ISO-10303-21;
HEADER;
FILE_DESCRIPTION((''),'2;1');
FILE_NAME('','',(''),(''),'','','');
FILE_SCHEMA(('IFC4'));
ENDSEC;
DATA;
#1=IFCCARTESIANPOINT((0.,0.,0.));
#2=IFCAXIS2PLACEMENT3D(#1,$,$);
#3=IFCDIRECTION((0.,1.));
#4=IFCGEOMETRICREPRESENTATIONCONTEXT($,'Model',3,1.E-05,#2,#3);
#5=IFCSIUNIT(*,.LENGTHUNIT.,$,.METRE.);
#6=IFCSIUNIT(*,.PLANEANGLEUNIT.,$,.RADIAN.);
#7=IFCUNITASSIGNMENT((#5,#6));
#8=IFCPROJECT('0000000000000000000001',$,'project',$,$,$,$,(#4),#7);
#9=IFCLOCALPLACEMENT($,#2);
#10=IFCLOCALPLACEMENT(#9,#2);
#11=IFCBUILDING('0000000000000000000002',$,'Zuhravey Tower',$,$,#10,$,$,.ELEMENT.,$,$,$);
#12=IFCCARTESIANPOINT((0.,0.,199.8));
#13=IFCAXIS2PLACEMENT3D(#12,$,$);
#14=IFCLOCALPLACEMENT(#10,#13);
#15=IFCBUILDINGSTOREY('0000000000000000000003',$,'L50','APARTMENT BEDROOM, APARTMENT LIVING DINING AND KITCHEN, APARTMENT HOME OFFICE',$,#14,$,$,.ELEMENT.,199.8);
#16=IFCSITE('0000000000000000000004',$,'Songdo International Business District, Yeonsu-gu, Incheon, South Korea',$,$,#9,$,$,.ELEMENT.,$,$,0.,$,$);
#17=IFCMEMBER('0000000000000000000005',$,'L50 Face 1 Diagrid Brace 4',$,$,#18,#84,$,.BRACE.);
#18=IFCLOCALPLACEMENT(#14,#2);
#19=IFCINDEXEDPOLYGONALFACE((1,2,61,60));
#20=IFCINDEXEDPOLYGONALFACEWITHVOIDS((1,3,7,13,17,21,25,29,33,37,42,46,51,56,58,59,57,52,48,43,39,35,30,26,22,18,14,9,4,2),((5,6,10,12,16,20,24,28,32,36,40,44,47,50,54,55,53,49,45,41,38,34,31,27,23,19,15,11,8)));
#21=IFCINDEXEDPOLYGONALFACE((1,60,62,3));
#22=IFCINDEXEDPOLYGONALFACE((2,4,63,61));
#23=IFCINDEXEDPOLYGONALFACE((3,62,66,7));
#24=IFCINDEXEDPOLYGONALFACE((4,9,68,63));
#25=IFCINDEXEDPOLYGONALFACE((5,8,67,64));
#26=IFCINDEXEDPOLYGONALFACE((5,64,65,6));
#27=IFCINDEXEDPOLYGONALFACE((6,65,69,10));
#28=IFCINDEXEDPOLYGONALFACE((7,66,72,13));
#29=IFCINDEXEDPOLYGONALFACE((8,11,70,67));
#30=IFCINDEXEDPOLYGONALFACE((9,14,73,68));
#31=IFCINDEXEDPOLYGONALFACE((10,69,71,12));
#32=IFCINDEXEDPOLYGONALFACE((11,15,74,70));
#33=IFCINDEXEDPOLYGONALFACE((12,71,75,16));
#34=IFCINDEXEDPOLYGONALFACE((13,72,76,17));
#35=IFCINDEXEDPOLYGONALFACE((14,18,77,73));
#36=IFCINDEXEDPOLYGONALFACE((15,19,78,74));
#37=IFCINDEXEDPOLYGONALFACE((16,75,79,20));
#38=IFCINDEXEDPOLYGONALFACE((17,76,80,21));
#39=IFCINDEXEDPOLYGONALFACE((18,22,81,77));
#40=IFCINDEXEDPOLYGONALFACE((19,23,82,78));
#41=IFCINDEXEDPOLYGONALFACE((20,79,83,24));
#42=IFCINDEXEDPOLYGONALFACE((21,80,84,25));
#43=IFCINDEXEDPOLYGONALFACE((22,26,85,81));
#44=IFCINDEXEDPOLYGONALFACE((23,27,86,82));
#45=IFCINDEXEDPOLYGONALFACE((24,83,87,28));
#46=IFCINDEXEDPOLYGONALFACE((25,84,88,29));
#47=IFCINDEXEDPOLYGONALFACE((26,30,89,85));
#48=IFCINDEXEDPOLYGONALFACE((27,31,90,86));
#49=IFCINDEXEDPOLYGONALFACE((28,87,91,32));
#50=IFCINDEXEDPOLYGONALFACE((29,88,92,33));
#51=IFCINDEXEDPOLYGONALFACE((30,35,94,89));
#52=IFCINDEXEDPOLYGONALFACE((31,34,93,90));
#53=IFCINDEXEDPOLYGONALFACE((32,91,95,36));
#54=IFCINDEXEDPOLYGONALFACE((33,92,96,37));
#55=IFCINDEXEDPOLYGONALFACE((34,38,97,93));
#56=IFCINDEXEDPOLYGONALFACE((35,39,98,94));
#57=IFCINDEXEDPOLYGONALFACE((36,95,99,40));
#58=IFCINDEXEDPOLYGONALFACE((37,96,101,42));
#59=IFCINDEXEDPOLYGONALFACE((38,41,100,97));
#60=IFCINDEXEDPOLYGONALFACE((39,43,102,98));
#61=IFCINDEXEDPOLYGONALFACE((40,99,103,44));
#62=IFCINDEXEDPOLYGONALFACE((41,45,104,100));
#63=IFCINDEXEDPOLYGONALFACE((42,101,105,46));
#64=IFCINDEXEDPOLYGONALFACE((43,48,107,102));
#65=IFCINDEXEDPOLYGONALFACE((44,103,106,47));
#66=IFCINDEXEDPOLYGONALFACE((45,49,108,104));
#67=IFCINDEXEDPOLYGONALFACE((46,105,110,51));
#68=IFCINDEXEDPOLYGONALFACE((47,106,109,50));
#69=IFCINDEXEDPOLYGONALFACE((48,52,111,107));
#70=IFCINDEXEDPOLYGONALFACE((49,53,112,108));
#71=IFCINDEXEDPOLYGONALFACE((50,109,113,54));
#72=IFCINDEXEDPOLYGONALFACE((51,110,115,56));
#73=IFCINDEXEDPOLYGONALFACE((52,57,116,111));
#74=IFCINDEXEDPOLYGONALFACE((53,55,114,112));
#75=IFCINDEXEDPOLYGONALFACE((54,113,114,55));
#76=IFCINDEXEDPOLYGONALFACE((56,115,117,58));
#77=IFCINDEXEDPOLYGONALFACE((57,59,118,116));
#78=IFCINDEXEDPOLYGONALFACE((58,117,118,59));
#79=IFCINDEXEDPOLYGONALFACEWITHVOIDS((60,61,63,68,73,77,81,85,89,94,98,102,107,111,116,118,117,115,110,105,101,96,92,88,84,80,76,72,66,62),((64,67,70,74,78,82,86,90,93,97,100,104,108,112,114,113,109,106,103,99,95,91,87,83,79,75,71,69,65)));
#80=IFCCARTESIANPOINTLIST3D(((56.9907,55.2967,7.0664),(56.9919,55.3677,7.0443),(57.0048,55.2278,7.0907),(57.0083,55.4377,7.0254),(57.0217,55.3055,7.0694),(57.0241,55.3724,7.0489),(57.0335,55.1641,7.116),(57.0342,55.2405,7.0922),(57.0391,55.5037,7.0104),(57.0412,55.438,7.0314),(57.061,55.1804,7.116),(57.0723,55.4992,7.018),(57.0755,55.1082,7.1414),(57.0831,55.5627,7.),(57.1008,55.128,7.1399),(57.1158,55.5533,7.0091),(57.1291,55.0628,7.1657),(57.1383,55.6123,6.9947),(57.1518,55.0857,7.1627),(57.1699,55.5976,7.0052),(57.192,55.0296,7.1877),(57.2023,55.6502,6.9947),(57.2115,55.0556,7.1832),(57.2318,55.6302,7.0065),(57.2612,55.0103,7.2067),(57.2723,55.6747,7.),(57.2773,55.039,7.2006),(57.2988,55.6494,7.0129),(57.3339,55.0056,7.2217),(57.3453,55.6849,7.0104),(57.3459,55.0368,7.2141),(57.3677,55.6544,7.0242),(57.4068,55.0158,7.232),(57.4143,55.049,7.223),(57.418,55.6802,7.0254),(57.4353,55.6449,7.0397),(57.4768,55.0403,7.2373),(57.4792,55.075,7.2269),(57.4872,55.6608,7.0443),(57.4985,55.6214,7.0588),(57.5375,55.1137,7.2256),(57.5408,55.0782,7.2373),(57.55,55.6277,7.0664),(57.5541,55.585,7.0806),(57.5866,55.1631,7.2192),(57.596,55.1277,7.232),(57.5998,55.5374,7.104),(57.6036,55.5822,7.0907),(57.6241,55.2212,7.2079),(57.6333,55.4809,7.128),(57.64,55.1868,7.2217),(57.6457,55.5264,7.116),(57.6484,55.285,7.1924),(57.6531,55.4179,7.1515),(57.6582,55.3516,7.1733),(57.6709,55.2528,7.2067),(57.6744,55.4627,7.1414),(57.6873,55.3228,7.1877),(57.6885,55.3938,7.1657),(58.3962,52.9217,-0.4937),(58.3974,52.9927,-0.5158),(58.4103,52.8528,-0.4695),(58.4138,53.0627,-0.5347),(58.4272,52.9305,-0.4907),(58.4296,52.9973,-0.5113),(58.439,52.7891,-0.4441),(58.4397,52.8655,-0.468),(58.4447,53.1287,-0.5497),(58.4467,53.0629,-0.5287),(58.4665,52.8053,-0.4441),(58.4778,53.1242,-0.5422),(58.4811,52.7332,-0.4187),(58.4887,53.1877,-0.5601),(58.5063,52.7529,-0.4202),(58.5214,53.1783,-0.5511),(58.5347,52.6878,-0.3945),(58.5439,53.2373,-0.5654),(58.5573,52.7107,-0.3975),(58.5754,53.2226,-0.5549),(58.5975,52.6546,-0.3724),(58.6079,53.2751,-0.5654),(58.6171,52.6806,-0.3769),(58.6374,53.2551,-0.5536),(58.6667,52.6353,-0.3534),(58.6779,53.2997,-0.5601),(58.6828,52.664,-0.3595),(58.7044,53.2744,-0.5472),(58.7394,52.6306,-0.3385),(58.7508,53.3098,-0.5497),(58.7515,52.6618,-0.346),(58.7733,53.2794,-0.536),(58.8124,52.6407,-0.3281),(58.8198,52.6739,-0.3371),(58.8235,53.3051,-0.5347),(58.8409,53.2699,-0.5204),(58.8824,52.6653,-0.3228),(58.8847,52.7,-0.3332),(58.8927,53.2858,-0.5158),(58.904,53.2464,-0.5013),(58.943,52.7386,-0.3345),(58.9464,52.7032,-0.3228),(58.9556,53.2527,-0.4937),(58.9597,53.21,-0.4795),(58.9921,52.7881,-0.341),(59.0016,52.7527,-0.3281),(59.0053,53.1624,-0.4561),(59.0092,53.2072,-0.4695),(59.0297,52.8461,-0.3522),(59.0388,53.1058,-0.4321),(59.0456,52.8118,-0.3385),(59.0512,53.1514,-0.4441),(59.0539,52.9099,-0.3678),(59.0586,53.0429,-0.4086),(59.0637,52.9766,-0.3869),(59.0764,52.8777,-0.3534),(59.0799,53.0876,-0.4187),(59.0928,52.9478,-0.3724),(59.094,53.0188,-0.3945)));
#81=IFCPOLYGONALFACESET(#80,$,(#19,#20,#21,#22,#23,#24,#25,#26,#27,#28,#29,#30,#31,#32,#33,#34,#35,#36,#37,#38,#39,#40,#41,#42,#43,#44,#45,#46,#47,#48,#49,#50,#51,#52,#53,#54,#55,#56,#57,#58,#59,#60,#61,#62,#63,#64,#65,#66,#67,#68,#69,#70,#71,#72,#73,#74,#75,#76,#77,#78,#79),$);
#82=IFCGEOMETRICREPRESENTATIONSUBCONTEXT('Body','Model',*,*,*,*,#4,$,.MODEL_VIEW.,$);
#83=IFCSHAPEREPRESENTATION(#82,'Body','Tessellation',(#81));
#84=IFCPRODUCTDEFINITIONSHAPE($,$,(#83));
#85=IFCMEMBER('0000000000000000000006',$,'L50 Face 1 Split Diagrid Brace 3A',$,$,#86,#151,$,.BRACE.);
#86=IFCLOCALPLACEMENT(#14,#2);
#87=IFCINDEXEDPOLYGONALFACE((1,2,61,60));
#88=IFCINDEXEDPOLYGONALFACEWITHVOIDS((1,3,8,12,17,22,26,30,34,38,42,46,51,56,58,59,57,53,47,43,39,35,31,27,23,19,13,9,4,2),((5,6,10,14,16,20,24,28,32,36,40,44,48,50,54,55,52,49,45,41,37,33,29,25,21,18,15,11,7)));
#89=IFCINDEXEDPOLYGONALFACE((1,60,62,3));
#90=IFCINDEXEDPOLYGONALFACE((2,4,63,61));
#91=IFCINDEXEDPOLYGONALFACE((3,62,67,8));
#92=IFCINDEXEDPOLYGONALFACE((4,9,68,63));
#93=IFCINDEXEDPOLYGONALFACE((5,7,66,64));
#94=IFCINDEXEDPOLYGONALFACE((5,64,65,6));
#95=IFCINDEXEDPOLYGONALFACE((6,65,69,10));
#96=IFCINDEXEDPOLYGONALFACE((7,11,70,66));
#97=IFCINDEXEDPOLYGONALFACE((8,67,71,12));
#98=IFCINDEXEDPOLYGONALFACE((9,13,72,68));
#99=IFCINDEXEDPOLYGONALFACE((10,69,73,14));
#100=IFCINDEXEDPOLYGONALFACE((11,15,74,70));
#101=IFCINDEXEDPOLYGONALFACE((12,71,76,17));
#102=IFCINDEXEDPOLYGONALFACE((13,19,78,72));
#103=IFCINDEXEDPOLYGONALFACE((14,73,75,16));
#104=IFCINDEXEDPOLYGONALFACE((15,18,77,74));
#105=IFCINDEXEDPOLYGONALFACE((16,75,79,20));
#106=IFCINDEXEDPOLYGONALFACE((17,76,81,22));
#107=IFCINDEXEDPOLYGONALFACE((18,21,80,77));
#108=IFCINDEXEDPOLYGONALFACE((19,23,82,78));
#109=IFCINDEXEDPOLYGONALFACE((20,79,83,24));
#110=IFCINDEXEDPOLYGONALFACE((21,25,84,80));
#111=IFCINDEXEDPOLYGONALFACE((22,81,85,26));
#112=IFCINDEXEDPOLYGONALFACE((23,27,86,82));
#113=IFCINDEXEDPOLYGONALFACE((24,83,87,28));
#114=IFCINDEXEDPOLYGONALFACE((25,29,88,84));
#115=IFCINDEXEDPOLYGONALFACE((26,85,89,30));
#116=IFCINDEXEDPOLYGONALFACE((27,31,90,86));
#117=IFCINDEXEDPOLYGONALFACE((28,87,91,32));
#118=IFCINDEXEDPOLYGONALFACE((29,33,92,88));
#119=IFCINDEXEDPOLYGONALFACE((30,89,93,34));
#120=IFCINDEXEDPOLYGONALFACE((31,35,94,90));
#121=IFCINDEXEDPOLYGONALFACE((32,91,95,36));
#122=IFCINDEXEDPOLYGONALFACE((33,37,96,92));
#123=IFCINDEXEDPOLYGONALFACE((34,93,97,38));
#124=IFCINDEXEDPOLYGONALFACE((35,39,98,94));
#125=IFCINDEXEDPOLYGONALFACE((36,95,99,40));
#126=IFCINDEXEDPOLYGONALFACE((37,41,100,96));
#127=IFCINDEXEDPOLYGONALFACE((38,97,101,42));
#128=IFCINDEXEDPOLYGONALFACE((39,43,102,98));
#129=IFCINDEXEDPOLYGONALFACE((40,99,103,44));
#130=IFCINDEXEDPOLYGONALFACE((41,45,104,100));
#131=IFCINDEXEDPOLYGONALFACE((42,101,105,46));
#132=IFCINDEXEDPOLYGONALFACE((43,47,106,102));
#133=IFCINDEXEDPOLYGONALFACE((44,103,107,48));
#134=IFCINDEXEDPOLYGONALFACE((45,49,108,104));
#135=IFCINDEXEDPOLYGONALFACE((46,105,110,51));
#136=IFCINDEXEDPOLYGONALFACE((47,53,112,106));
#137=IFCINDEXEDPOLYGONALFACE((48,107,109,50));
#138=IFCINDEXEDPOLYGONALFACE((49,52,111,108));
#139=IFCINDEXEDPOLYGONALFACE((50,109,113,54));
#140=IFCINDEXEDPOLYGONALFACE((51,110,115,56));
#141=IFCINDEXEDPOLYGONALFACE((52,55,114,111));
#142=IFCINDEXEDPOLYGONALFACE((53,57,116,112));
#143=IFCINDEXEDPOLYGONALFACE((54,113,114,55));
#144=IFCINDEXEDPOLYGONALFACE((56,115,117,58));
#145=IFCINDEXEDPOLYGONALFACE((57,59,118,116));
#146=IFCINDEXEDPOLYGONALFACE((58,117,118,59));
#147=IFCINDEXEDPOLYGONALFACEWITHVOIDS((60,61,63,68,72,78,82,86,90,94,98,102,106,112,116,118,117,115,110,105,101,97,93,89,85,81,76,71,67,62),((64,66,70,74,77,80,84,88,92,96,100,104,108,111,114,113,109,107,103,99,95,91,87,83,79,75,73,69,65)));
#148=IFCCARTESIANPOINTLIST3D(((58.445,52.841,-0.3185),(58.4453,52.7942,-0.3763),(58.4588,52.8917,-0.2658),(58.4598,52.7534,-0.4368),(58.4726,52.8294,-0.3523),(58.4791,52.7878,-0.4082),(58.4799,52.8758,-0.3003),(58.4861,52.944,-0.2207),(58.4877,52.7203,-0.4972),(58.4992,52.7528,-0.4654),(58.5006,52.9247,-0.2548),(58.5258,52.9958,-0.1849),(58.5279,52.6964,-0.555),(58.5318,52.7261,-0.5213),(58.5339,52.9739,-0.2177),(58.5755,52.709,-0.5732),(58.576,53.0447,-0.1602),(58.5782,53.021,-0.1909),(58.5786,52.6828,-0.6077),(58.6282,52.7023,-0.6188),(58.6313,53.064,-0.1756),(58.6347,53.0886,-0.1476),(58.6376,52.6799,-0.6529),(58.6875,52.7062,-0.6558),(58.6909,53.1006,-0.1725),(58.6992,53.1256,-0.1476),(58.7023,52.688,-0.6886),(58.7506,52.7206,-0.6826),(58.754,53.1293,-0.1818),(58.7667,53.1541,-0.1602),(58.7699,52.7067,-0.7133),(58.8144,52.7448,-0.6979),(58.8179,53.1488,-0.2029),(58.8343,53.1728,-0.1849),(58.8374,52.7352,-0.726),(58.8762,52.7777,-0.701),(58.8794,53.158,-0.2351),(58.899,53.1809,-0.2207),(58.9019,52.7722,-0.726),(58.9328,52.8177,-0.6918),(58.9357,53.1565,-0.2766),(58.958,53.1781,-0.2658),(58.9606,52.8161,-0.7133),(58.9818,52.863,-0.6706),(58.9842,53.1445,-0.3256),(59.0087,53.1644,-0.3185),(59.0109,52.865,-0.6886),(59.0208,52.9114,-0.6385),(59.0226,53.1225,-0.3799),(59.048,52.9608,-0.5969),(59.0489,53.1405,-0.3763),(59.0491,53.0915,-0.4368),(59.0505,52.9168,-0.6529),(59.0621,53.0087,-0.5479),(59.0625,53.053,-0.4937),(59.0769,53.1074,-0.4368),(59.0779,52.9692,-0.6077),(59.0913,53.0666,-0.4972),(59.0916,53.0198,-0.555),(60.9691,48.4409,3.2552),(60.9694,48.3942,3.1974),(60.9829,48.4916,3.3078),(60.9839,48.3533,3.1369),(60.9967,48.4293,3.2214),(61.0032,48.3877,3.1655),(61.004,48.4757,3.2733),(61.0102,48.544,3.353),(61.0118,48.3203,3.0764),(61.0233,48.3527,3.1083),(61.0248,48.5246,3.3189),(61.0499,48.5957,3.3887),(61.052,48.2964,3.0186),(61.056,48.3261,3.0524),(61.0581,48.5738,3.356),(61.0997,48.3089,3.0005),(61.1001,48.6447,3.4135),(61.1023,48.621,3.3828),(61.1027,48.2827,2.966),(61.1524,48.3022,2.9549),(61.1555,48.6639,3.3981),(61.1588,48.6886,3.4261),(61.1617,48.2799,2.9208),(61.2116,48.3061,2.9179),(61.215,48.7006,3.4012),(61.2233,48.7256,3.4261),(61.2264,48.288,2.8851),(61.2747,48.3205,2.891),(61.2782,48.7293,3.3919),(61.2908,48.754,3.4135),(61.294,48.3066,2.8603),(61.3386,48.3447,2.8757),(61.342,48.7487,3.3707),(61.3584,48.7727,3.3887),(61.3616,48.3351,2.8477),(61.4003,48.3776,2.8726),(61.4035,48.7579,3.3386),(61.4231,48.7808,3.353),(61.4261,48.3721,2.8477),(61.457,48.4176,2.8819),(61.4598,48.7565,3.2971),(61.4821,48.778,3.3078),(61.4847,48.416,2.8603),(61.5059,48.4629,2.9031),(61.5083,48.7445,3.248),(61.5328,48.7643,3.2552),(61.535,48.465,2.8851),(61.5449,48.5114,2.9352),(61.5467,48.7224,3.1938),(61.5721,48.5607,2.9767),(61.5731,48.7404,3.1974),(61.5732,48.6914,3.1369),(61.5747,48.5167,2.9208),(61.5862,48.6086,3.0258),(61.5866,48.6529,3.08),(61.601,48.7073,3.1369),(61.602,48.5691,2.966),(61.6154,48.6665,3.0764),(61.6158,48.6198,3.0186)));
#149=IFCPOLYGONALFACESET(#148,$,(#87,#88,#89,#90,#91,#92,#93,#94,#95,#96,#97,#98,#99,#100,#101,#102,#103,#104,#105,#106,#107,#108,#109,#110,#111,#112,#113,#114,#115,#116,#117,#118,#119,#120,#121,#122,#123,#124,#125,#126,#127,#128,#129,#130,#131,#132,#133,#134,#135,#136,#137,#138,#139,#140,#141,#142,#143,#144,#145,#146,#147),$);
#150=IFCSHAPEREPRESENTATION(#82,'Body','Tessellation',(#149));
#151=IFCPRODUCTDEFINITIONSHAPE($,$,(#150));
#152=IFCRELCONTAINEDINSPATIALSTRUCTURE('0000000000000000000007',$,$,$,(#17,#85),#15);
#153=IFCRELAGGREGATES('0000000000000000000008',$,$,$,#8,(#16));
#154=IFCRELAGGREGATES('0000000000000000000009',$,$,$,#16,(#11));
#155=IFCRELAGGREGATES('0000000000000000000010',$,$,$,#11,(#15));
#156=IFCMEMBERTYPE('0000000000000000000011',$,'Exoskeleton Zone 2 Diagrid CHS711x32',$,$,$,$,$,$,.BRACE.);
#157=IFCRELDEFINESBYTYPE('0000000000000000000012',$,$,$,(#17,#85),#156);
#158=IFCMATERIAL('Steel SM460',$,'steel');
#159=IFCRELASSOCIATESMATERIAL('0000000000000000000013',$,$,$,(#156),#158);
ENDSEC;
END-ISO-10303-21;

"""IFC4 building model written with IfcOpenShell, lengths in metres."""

from ifc_helpers import new_model, si_unit, direction, frame, origin, origin_2d, place, context, subcontext, project, spatial, hollow_circle, extrude, material, material_profile, profile_set, type_object, element, save


model = new_model("IFC4")

# Units and contexts
model_context = context("Model", 3, precision=1e-05, world=origin(), true_north=direction((0.0, 1.0)))
body_context = subcontext(model_context, "Body", "Model", "MODEL_VIEW")
ifc_project = project(units=[si_unit("LENGTHUNIT", "METRE"), si_unit("PLANEANGLEUNIT", "RADIAN")], contexts=[model_context])

# Site, building, storey
site_placement = place(None, origin())
site = spatial("IfcSite", under=ifc_project, at=site_placement, Name="Songdo International Business District, Yeonsu-gu, Incheon, South Korea", CompositionType="ELEMENT", RefElevation=0.0)
building_placement = place(site_placement, origin())
building = spatial("IfcBuilding", under=site, at=building_placement, Name="Zuhravey Tower", CompositionType="ELEMENT")
storey_placement = place(building_placement, frame((0.0, 0.0, 199.8)))
storey = spatial("IfcBuildingStorey", under=building, at=storey_placement, Name="L50", Description="APARTMENT BEDROOM, APARTMENT LIVING DINING AND KITCHEN, APARTMENT HOME OFFICE", CompositionType="ELEMENT", Elevation=199.8)

# Members
ifc_material_1 = material(Name="Steel SM460", Category="steel")
ifc_material_profile_1 = material_profile(ifc_material_1, hollow_circle(Radius=0.3557, WallThickness=0.032, at=origin_2d()), Name="CHS-711.2x32")
ifc_profile_set_1 = profile_set([ifc_material_profile_1], Name="Steel SM460")
member_type_1 = type_object("IfcMemberType", Name="Exoskeleton Zone 2 Diagrid CHS711x32", PredefinedType="BRACE", material=ifc_profile_set_1)
member_1_placement = place(storey_placement, frame((58.7451, 52.9702, -0.4441), z_axis=(-0.174641, 0.295104, 0.939369), x_axis=(-0.860592, -0.509295, 0.0)))
element("IfcMember", 1, at=member_1_placement, inside=storey, type_object=member_type_1, Name="L50 Face 1 Diagrid Brace 4", PredefinedType="BRACE", context=body_context, shape_type="SweptSolid", body=[
    extrude(hollow_circle(Radius=0.3557, WallThickness=0.032, at=origin_2d()), origin(), (0.0, 0.0, 1.0), 8.0481),
])
member_2_placement = place(storey_placement, frame((58.7683, 52.9304, -0.4368), z_axis=(0.406784, -0.709108, 0.575927), x_axis=(0.86741, 0.497595, 0.0)))
element("IfcMember", 2, at=member_2_placement, inside=storey, type_object=member_type_1, Name="L50 Face 1 Split Diagrid Brace 3A", PredefinedType="BRACE", context=body_context, shape_type="SweptSolid", body=[
    extrude(hollow_circle(Radius=0.3557, WallThickness=0.032, at=origin_2d()), origin(), (0.0, 0.0, 1.0), 6.2051),
])

save(model, "model.ifc")
